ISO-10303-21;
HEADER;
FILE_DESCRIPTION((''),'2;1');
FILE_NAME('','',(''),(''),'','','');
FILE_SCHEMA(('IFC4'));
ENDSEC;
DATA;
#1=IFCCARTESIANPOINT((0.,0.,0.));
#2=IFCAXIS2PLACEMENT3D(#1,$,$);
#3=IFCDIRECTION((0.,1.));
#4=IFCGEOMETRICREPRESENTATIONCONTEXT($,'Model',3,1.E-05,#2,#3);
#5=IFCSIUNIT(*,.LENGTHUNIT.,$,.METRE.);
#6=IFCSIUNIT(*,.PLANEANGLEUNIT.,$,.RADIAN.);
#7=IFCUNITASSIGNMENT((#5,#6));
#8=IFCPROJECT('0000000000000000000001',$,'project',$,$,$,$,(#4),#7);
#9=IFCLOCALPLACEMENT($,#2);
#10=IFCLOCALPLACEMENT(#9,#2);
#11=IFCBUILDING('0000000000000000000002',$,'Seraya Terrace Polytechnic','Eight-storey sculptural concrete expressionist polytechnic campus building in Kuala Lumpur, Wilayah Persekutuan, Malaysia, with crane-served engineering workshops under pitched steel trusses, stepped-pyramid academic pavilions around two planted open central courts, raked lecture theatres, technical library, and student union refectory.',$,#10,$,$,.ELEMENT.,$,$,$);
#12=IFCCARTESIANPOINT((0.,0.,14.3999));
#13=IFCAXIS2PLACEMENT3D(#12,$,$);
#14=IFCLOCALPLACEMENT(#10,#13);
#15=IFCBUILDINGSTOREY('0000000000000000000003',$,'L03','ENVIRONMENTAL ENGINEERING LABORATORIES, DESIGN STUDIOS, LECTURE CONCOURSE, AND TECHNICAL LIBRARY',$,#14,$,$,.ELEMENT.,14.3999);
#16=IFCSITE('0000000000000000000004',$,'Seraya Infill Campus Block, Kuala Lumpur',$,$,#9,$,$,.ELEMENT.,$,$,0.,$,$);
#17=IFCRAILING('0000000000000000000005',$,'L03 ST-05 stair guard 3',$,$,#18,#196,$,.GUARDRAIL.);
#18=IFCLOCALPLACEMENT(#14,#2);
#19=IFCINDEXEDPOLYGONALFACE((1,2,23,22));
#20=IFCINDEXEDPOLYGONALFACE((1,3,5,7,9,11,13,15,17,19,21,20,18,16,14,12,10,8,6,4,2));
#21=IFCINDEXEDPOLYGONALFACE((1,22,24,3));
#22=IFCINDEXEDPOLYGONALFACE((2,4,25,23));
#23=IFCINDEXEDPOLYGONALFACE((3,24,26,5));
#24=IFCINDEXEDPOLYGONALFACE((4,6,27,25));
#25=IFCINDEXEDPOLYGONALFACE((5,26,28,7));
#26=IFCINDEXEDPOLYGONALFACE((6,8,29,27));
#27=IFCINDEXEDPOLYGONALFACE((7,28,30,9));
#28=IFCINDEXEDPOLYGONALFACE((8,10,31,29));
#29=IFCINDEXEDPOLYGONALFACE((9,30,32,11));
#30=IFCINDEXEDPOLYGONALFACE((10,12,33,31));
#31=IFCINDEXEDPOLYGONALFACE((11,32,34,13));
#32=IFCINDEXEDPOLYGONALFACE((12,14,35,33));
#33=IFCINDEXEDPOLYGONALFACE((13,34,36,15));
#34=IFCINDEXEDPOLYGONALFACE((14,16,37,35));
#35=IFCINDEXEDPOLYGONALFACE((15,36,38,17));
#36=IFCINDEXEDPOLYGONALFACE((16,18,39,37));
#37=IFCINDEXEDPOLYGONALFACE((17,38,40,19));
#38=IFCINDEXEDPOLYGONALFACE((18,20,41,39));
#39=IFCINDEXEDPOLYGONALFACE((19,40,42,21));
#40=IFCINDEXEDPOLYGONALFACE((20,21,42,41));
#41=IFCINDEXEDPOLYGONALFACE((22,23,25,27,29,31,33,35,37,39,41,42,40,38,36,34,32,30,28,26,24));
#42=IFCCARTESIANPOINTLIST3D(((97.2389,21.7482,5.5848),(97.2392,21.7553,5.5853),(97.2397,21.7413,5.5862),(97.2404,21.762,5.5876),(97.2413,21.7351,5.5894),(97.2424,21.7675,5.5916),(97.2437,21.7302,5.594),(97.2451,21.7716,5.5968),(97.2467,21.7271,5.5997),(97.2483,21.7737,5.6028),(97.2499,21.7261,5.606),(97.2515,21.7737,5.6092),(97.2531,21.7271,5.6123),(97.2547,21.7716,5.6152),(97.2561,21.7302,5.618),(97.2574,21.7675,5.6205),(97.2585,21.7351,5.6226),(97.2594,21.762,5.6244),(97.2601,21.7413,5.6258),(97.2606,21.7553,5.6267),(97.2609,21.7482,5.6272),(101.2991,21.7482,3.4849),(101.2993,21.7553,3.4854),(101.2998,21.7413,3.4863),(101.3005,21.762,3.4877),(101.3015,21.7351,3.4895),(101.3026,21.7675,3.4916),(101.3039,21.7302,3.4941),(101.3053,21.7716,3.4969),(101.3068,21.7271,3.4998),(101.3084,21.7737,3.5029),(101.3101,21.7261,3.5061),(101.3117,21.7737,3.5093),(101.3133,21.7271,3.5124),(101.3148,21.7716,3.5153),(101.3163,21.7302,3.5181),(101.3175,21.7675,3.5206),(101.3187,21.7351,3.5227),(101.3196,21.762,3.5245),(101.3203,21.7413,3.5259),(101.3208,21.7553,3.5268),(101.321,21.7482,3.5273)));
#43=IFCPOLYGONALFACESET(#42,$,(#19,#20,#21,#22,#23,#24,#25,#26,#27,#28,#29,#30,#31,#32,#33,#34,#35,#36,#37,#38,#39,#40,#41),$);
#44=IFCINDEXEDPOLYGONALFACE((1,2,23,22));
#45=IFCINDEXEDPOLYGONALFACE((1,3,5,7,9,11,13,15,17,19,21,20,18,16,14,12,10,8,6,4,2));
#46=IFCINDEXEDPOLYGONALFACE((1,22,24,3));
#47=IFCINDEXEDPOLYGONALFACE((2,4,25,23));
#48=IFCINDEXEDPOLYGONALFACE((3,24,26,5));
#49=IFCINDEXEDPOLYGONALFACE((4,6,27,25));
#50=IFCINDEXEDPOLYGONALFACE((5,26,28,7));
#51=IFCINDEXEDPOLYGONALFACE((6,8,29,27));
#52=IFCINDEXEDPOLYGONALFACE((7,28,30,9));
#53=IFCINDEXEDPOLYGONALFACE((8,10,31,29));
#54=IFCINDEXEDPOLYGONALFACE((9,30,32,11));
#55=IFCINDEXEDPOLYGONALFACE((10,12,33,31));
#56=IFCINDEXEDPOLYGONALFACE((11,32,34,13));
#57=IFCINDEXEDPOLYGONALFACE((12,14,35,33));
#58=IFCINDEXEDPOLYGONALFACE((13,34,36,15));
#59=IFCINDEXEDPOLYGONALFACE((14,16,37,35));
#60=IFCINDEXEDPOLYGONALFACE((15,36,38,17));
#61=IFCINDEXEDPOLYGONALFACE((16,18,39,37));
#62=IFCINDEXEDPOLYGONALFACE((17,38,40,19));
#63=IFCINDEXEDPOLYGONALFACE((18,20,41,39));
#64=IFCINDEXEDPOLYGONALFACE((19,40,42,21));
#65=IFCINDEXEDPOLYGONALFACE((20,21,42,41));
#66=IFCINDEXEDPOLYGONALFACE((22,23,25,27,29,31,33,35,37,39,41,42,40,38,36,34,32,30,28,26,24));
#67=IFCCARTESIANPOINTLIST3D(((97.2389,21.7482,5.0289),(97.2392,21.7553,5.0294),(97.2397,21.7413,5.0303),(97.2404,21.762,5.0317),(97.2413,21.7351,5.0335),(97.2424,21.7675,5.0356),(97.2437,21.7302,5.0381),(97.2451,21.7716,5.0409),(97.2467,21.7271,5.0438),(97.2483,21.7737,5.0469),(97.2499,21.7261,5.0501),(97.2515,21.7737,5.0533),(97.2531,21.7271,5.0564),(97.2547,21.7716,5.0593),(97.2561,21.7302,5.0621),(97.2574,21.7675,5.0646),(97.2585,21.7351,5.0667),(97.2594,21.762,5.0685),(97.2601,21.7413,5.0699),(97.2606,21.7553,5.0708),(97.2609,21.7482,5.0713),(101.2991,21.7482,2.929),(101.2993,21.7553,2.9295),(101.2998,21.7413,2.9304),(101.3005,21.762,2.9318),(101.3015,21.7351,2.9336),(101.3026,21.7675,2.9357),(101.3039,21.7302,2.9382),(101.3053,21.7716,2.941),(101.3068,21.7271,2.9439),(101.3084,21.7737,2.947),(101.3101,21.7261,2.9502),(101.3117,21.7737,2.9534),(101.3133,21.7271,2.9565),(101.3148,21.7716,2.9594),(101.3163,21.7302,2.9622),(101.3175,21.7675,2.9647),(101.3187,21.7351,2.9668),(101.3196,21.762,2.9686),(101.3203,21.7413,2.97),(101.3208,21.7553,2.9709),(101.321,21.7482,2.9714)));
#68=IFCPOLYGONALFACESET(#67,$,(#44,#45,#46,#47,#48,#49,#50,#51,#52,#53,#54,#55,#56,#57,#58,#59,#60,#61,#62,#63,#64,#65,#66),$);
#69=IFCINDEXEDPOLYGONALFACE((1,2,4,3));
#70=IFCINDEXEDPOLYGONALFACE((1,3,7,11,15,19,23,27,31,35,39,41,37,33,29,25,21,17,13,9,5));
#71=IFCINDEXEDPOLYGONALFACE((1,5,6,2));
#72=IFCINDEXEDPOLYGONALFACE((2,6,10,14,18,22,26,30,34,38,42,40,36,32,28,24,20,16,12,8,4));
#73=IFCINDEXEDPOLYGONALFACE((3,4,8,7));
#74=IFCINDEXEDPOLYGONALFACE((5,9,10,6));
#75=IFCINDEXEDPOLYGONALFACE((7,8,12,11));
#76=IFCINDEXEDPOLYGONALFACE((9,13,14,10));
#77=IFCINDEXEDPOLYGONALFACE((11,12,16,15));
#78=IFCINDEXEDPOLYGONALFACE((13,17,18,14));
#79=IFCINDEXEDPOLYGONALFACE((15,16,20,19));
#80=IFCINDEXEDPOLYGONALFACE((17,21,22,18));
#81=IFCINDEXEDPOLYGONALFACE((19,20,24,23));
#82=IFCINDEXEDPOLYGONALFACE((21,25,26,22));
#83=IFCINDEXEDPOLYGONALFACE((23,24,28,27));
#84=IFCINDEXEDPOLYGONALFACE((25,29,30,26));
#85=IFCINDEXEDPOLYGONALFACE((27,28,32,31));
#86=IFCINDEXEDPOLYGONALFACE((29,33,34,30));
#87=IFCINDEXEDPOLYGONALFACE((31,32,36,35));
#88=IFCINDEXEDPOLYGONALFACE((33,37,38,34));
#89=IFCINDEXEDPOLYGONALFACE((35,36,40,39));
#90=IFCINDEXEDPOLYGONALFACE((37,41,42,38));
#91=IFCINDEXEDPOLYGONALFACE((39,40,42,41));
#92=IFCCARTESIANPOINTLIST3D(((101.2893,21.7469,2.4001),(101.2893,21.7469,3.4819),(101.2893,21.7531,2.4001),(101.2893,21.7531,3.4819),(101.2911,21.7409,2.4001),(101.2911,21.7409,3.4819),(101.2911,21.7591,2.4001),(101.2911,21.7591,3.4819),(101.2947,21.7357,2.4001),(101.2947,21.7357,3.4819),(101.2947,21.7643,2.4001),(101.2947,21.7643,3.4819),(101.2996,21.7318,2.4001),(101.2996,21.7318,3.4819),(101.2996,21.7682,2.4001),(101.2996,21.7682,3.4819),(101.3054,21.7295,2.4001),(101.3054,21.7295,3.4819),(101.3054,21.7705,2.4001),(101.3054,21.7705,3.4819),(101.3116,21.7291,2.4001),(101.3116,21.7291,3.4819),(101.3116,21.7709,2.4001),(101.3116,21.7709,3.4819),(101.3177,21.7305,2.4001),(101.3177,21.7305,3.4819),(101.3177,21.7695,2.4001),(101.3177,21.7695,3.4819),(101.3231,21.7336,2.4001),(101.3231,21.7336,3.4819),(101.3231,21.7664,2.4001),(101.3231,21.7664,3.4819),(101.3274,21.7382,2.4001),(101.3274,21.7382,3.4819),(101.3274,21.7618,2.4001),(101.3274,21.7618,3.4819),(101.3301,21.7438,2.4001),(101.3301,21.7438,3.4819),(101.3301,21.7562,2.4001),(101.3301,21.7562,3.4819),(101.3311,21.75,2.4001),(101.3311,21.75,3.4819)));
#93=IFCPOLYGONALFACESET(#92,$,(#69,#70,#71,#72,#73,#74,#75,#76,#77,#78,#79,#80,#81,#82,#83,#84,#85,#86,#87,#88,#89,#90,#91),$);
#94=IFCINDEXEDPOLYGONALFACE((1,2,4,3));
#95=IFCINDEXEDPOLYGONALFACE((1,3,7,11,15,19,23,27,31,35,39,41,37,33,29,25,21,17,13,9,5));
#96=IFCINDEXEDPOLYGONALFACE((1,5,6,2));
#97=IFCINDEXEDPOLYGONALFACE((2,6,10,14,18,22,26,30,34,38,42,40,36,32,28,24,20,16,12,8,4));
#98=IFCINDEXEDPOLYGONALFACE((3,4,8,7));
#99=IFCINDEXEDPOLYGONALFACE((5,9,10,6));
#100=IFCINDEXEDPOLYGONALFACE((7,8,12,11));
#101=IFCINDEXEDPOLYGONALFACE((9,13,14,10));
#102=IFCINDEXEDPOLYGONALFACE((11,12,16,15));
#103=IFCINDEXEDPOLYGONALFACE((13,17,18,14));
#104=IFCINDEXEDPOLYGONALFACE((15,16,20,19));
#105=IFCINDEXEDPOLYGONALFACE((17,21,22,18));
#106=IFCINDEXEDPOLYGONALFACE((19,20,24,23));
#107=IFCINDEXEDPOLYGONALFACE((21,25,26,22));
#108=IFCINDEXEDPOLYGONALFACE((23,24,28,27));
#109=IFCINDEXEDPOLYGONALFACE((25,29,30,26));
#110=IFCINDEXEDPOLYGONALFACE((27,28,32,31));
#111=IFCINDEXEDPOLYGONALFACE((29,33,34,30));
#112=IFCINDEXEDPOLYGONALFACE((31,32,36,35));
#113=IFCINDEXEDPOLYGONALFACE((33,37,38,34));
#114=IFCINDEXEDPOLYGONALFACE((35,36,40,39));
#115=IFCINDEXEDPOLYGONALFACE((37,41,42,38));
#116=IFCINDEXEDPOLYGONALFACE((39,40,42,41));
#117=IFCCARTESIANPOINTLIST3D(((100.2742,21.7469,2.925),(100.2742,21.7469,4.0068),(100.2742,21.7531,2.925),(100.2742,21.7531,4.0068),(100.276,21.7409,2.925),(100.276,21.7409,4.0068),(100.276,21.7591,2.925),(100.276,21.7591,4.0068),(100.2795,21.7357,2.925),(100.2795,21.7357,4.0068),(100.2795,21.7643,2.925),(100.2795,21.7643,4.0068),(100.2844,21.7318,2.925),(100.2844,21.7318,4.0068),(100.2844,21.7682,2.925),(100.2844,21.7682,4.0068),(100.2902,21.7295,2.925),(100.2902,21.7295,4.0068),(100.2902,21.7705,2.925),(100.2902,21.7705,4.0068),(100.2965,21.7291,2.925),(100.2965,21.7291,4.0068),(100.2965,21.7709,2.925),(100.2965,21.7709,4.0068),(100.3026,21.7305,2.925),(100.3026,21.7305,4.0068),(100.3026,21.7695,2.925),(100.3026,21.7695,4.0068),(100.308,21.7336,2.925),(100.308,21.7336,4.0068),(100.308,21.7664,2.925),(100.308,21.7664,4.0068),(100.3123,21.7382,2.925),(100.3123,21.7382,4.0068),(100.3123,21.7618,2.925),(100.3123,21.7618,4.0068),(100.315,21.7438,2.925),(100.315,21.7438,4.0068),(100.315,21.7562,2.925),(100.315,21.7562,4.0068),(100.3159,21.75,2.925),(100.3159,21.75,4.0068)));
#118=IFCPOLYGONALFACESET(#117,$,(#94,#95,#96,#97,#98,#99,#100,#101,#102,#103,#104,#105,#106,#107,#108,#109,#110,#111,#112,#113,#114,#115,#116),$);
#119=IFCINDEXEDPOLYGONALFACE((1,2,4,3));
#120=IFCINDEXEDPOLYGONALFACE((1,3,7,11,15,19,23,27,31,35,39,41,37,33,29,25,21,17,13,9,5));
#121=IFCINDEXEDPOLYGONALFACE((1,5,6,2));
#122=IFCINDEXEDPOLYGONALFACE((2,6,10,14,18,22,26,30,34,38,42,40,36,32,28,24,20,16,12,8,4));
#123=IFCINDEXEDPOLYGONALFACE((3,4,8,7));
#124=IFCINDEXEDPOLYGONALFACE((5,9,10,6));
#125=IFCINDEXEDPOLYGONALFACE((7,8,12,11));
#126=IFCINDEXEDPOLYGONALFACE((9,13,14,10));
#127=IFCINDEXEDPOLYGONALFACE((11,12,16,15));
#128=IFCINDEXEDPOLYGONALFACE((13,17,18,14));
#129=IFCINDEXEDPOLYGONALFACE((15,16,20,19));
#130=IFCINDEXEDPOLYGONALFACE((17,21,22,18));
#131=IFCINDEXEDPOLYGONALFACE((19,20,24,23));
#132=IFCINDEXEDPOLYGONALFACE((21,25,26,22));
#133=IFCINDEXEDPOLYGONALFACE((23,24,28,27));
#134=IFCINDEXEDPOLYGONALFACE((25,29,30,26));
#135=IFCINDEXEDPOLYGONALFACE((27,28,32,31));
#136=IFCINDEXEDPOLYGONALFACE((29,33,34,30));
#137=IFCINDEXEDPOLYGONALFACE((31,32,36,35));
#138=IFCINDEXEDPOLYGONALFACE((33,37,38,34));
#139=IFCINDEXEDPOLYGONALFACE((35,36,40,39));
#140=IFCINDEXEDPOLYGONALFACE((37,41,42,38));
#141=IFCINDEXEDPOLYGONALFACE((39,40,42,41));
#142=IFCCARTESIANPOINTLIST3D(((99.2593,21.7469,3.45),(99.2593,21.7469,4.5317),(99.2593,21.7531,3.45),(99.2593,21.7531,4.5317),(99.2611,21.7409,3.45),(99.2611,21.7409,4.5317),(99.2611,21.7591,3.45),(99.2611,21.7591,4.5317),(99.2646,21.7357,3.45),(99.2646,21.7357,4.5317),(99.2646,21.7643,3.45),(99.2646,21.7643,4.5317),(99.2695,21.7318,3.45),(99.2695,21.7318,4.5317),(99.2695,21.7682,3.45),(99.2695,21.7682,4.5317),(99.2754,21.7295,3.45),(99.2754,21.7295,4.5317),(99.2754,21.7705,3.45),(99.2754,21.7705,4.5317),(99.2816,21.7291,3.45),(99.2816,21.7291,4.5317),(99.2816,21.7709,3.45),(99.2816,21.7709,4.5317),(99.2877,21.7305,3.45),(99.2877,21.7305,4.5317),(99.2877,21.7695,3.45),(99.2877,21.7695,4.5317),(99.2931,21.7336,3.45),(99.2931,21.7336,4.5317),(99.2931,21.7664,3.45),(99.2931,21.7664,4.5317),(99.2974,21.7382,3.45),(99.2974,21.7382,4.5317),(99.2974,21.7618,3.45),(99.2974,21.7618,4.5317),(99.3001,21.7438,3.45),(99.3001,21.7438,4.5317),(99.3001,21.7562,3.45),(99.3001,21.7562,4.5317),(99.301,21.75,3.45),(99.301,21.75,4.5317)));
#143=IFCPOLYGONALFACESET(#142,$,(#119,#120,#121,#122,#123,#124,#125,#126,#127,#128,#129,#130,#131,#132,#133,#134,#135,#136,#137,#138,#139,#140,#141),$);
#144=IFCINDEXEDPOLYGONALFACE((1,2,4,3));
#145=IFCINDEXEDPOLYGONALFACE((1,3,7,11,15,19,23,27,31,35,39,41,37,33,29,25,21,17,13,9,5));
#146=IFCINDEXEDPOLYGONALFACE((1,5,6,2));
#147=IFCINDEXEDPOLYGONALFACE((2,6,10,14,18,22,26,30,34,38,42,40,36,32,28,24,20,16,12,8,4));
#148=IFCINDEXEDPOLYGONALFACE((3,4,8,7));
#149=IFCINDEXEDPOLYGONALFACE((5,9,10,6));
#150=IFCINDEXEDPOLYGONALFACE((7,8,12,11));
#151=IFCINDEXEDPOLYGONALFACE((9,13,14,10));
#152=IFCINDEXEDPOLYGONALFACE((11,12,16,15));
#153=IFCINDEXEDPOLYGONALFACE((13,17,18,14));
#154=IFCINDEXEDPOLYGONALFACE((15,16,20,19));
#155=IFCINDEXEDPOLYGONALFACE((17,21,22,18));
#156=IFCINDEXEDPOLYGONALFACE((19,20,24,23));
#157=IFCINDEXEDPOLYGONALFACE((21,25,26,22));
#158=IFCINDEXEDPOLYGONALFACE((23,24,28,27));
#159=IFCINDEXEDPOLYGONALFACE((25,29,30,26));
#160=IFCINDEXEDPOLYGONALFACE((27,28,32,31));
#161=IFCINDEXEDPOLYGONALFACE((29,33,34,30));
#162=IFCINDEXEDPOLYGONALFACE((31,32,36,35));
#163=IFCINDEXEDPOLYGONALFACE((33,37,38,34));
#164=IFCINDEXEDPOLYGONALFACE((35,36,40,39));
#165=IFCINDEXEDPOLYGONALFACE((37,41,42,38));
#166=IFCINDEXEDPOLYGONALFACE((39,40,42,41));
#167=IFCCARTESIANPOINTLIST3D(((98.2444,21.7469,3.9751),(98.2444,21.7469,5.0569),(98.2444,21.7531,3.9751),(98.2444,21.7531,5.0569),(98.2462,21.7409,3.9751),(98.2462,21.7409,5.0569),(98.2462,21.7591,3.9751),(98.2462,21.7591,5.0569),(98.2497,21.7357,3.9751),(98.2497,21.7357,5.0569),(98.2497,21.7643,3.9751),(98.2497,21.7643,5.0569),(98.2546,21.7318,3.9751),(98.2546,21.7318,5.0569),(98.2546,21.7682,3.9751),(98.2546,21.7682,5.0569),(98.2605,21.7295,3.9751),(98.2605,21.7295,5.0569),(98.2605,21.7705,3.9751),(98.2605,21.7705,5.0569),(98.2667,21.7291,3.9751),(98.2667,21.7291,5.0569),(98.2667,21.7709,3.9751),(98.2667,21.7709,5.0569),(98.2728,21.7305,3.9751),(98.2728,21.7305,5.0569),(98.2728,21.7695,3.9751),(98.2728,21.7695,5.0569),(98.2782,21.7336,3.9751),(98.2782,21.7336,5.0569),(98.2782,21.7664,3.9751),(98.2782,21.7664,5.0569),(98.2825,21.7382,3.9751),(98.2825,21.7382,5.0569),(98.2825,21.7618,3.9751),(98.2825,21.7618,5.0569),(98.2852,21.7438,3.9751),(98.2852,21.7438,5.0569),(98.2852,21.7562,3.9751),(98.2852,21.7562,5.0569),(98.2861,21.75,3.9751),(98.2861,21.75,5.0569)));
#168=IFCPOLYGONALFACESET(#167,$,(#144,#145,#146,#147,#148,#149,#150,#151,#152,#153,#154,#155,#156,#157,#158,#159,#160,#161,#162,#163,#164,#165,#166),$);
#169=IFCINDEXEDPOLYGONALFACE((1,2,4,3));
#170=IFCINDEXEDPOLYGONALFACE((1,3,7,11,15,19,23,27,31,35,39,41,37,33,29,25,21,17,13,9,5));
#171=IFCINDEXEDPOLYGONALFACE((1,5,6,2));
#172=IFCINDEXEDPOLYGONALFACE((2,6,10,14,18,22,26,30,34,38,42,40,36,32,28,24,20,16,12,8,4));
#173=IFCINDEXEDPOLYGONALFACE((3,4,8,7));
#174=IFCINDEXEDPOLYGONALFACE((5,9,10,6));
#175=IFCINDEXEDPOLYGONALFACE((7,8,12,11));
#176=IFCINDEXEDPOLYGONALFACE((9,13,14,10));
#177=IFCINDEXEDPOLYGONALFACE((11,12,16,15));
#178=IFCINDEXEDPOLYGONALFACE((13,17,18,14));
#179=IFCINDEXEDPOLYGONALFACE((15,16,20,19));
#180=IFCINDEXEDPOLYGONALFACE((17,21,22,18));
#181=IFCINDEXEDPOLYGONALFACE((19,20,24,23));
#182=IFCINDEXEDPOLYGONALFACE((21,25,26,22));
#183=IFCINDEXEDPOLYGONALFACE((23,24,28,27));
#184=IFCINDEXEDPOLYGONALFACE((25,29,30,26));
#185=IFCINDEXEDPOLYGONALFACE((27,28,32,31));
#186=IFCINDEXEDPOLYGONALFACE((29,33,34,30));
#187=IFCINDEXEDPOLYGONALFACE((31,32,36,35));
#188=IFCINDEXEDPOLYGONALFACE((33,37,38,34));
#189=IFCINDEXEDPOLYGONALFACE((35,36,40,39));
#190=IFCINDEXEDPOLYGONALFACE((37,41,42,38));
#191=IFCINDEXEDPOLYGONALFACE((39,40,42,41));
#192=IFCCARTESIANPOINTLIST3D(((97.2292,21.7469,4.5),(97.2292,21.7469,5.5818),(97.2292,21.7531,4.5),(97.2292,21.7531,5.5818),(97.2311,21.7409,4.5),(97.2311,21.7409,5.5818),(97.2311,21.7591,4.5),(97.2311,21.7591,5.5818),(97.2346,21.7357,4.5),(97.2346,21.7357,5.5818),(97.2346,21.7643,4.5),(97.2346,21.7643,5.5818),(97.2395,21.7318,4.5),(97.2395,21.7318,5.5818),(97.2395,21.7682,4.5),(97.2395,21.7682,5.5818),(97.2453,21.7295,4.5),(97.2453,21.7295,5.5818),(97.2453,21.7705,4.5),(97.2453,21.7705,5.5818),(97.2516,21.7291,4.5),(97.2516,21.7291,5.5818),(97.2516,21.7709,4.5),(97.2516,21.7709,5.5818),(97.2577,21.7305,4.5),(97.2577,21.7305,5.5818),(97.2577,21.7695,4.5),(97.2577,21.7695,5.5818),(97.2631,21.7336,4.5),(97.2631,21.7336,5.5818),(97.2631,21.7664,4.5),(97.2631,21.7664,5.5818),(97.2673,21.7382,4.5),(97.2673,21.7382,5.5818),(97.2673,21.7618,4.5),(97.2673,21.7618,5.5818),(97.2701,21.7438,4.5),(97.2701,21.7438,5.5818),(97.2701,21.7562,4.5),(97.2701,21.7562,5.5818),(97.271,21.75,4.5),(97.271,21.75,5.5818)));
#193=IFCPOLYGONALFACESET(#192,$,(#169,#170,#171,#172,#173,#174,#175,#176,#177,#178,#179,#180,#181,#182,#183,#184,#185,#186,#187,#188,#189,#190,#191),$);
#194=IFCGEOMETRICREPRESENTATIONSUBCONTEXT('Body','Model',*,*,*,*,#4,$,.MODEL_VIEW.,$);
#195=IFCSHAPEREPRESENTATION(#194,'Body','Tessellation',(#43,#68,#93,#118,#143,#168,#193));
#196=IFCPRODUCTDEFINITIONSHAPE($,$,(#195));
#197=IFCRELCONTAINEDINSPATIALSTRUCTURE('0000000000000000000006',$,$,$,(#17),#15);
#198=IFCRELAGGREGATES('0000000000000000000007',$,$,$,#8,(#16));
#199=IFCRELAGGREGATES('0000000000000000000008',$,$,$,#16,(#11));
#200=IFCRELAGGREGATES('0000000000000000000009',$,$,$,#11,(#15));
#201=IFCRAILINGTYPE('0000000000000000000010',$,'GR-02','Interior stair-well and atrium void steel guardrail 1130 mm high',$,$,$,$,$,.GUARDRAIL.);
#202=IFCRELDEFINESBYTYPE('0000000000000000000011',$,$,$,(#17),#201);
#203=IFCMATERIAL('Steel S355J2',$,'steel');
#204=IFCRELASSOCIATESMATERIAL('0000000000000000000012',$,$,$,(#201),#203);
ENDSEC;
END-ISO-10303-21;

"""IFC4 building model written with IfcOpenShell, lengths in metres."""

from ifc_helpers import new_model, si_unit, direction, frame, origin, origin_2d, place, context, subcontext, project, spatial, circle, extrude, material, type_object, element, save


model = new_model("IFC4")

# Units and contexts
model_context = context("Model", 3, precision=1e-05, world=origin(), true_north=direction((0.0, 1.0)))
body_context = subcontext(model_context, "Body", "Model", "MODEL_VIEW")
ifc_project = project(units=[si_unit("LENGTHUNIT", "METRE"), si_unit("PLANEANGLEUNIT", "RADIAN")], contexts=[model_context])

# Site, building, storey
site_placement = place(None, origin())
site = spatial("IfcSite", under=ifc_project, at=site_placement, Name="Seraya Infill Campus Block, Kuala Lumpur", CompositionType="ELEMENT", RefElevation=0.0)
building_placement = place(site_placement, origin())
building = spatial("IfcBuilding", under=site, at=building_placement, Name="Seraya Terrace Polytechnic", Description="Eight-storey sculptural concrete expressionist polytechnic campus building in Kuala Lumpur, Wilayah Persekutuan, Malaysia, with crane-served engineering workshops under pitched steel trusses, stepped-pyramid academic pavilions around two planted open central courts, raked lecture theatres, technical library, and student union refectory.", CompositionType="ELEMENT")
storey_placement = place(building_placement, frame((0.0, 0.0, 14.3999)))
storey = spatial("IfcBuildingStorey", under=building, at=storey_placement, Name="L03", Description="ENVIRONMENTAL ENGINEERING LABORATORIES, DESIGN STUDIOS, LECTURE CONCOURSE, AND TECHNICAL LIBRARY", CompositionType="ELEMENT", Elevation=14.3999)

# Railing
ifc_material_1 = material(Name="Steel S355J2", Category="steel")
railing_type_1 = type_object("IfcRailingType", Name="GR-02", Description="Interior stair-well and atrium void steel guardrail 1130 mm high", PredefinedType="GUARDRAIL", material=ifc_material_1)
railing_1_placement = place(storey_placement, frame((101.3101, 21.75, 2.4001)))
element("IfcRailing", 1, at=railing_1_placement, inside=storey, type_object=railing_type_1, Name="L03 ST-05 stair guard 3", PredefinedType="GUARDRAIL", context=body_context, shape_type="SweptSolid", body=[
    extrude(circle(Radius=0.0239, at=origin_2d()), frame((0.0, 0.0, 1.106), z_axis=(-0.888233, 0.0, 0.459392), x_axis=(0.0, -1.0, 0.0)), (0.0, 0.0, 1.0), 4.571),
    extrude(circle(Radius=0.0239, at=origin_2d()), frame((0.0, 0.0, 0.55), z_axis=(-0.888233, 0.0, 0.459392), x_axis=(0.0, -1.0, 0.0)), (0.0, 0.0, 1.0), 4.571),
    extrude(circle(Radius=0.021, at=origin_2d()), origin(), (0.0, 0.0, 1.0), 1.0818),
    extrude(circle(Radius=0.021, at=origin_2d()), frame((-1.0151, 0.0, 0.5249)), (0.0, 0.0, 1.0), 1.0818),
    extrude(circle(Radius=0.021, at=origin_2d()), frame((-2.03, 0.0, 1.0498)), (0.0, 0.0, 1.0), 1.0818),
    extrude(circle(Radius=0.021, at=origin_2d()), frame((-3.0449, 0.0, 1.575)), (0.0, 0.0, 1.0), 1.0818),
    extrude(circle(Radius=0.021, at=origin_2d()), frame((-4.0601, 0.0, 2.0999)), (0.0, 0.0, 1.0), 1.0818),
])

save(model, "model.ifc")
